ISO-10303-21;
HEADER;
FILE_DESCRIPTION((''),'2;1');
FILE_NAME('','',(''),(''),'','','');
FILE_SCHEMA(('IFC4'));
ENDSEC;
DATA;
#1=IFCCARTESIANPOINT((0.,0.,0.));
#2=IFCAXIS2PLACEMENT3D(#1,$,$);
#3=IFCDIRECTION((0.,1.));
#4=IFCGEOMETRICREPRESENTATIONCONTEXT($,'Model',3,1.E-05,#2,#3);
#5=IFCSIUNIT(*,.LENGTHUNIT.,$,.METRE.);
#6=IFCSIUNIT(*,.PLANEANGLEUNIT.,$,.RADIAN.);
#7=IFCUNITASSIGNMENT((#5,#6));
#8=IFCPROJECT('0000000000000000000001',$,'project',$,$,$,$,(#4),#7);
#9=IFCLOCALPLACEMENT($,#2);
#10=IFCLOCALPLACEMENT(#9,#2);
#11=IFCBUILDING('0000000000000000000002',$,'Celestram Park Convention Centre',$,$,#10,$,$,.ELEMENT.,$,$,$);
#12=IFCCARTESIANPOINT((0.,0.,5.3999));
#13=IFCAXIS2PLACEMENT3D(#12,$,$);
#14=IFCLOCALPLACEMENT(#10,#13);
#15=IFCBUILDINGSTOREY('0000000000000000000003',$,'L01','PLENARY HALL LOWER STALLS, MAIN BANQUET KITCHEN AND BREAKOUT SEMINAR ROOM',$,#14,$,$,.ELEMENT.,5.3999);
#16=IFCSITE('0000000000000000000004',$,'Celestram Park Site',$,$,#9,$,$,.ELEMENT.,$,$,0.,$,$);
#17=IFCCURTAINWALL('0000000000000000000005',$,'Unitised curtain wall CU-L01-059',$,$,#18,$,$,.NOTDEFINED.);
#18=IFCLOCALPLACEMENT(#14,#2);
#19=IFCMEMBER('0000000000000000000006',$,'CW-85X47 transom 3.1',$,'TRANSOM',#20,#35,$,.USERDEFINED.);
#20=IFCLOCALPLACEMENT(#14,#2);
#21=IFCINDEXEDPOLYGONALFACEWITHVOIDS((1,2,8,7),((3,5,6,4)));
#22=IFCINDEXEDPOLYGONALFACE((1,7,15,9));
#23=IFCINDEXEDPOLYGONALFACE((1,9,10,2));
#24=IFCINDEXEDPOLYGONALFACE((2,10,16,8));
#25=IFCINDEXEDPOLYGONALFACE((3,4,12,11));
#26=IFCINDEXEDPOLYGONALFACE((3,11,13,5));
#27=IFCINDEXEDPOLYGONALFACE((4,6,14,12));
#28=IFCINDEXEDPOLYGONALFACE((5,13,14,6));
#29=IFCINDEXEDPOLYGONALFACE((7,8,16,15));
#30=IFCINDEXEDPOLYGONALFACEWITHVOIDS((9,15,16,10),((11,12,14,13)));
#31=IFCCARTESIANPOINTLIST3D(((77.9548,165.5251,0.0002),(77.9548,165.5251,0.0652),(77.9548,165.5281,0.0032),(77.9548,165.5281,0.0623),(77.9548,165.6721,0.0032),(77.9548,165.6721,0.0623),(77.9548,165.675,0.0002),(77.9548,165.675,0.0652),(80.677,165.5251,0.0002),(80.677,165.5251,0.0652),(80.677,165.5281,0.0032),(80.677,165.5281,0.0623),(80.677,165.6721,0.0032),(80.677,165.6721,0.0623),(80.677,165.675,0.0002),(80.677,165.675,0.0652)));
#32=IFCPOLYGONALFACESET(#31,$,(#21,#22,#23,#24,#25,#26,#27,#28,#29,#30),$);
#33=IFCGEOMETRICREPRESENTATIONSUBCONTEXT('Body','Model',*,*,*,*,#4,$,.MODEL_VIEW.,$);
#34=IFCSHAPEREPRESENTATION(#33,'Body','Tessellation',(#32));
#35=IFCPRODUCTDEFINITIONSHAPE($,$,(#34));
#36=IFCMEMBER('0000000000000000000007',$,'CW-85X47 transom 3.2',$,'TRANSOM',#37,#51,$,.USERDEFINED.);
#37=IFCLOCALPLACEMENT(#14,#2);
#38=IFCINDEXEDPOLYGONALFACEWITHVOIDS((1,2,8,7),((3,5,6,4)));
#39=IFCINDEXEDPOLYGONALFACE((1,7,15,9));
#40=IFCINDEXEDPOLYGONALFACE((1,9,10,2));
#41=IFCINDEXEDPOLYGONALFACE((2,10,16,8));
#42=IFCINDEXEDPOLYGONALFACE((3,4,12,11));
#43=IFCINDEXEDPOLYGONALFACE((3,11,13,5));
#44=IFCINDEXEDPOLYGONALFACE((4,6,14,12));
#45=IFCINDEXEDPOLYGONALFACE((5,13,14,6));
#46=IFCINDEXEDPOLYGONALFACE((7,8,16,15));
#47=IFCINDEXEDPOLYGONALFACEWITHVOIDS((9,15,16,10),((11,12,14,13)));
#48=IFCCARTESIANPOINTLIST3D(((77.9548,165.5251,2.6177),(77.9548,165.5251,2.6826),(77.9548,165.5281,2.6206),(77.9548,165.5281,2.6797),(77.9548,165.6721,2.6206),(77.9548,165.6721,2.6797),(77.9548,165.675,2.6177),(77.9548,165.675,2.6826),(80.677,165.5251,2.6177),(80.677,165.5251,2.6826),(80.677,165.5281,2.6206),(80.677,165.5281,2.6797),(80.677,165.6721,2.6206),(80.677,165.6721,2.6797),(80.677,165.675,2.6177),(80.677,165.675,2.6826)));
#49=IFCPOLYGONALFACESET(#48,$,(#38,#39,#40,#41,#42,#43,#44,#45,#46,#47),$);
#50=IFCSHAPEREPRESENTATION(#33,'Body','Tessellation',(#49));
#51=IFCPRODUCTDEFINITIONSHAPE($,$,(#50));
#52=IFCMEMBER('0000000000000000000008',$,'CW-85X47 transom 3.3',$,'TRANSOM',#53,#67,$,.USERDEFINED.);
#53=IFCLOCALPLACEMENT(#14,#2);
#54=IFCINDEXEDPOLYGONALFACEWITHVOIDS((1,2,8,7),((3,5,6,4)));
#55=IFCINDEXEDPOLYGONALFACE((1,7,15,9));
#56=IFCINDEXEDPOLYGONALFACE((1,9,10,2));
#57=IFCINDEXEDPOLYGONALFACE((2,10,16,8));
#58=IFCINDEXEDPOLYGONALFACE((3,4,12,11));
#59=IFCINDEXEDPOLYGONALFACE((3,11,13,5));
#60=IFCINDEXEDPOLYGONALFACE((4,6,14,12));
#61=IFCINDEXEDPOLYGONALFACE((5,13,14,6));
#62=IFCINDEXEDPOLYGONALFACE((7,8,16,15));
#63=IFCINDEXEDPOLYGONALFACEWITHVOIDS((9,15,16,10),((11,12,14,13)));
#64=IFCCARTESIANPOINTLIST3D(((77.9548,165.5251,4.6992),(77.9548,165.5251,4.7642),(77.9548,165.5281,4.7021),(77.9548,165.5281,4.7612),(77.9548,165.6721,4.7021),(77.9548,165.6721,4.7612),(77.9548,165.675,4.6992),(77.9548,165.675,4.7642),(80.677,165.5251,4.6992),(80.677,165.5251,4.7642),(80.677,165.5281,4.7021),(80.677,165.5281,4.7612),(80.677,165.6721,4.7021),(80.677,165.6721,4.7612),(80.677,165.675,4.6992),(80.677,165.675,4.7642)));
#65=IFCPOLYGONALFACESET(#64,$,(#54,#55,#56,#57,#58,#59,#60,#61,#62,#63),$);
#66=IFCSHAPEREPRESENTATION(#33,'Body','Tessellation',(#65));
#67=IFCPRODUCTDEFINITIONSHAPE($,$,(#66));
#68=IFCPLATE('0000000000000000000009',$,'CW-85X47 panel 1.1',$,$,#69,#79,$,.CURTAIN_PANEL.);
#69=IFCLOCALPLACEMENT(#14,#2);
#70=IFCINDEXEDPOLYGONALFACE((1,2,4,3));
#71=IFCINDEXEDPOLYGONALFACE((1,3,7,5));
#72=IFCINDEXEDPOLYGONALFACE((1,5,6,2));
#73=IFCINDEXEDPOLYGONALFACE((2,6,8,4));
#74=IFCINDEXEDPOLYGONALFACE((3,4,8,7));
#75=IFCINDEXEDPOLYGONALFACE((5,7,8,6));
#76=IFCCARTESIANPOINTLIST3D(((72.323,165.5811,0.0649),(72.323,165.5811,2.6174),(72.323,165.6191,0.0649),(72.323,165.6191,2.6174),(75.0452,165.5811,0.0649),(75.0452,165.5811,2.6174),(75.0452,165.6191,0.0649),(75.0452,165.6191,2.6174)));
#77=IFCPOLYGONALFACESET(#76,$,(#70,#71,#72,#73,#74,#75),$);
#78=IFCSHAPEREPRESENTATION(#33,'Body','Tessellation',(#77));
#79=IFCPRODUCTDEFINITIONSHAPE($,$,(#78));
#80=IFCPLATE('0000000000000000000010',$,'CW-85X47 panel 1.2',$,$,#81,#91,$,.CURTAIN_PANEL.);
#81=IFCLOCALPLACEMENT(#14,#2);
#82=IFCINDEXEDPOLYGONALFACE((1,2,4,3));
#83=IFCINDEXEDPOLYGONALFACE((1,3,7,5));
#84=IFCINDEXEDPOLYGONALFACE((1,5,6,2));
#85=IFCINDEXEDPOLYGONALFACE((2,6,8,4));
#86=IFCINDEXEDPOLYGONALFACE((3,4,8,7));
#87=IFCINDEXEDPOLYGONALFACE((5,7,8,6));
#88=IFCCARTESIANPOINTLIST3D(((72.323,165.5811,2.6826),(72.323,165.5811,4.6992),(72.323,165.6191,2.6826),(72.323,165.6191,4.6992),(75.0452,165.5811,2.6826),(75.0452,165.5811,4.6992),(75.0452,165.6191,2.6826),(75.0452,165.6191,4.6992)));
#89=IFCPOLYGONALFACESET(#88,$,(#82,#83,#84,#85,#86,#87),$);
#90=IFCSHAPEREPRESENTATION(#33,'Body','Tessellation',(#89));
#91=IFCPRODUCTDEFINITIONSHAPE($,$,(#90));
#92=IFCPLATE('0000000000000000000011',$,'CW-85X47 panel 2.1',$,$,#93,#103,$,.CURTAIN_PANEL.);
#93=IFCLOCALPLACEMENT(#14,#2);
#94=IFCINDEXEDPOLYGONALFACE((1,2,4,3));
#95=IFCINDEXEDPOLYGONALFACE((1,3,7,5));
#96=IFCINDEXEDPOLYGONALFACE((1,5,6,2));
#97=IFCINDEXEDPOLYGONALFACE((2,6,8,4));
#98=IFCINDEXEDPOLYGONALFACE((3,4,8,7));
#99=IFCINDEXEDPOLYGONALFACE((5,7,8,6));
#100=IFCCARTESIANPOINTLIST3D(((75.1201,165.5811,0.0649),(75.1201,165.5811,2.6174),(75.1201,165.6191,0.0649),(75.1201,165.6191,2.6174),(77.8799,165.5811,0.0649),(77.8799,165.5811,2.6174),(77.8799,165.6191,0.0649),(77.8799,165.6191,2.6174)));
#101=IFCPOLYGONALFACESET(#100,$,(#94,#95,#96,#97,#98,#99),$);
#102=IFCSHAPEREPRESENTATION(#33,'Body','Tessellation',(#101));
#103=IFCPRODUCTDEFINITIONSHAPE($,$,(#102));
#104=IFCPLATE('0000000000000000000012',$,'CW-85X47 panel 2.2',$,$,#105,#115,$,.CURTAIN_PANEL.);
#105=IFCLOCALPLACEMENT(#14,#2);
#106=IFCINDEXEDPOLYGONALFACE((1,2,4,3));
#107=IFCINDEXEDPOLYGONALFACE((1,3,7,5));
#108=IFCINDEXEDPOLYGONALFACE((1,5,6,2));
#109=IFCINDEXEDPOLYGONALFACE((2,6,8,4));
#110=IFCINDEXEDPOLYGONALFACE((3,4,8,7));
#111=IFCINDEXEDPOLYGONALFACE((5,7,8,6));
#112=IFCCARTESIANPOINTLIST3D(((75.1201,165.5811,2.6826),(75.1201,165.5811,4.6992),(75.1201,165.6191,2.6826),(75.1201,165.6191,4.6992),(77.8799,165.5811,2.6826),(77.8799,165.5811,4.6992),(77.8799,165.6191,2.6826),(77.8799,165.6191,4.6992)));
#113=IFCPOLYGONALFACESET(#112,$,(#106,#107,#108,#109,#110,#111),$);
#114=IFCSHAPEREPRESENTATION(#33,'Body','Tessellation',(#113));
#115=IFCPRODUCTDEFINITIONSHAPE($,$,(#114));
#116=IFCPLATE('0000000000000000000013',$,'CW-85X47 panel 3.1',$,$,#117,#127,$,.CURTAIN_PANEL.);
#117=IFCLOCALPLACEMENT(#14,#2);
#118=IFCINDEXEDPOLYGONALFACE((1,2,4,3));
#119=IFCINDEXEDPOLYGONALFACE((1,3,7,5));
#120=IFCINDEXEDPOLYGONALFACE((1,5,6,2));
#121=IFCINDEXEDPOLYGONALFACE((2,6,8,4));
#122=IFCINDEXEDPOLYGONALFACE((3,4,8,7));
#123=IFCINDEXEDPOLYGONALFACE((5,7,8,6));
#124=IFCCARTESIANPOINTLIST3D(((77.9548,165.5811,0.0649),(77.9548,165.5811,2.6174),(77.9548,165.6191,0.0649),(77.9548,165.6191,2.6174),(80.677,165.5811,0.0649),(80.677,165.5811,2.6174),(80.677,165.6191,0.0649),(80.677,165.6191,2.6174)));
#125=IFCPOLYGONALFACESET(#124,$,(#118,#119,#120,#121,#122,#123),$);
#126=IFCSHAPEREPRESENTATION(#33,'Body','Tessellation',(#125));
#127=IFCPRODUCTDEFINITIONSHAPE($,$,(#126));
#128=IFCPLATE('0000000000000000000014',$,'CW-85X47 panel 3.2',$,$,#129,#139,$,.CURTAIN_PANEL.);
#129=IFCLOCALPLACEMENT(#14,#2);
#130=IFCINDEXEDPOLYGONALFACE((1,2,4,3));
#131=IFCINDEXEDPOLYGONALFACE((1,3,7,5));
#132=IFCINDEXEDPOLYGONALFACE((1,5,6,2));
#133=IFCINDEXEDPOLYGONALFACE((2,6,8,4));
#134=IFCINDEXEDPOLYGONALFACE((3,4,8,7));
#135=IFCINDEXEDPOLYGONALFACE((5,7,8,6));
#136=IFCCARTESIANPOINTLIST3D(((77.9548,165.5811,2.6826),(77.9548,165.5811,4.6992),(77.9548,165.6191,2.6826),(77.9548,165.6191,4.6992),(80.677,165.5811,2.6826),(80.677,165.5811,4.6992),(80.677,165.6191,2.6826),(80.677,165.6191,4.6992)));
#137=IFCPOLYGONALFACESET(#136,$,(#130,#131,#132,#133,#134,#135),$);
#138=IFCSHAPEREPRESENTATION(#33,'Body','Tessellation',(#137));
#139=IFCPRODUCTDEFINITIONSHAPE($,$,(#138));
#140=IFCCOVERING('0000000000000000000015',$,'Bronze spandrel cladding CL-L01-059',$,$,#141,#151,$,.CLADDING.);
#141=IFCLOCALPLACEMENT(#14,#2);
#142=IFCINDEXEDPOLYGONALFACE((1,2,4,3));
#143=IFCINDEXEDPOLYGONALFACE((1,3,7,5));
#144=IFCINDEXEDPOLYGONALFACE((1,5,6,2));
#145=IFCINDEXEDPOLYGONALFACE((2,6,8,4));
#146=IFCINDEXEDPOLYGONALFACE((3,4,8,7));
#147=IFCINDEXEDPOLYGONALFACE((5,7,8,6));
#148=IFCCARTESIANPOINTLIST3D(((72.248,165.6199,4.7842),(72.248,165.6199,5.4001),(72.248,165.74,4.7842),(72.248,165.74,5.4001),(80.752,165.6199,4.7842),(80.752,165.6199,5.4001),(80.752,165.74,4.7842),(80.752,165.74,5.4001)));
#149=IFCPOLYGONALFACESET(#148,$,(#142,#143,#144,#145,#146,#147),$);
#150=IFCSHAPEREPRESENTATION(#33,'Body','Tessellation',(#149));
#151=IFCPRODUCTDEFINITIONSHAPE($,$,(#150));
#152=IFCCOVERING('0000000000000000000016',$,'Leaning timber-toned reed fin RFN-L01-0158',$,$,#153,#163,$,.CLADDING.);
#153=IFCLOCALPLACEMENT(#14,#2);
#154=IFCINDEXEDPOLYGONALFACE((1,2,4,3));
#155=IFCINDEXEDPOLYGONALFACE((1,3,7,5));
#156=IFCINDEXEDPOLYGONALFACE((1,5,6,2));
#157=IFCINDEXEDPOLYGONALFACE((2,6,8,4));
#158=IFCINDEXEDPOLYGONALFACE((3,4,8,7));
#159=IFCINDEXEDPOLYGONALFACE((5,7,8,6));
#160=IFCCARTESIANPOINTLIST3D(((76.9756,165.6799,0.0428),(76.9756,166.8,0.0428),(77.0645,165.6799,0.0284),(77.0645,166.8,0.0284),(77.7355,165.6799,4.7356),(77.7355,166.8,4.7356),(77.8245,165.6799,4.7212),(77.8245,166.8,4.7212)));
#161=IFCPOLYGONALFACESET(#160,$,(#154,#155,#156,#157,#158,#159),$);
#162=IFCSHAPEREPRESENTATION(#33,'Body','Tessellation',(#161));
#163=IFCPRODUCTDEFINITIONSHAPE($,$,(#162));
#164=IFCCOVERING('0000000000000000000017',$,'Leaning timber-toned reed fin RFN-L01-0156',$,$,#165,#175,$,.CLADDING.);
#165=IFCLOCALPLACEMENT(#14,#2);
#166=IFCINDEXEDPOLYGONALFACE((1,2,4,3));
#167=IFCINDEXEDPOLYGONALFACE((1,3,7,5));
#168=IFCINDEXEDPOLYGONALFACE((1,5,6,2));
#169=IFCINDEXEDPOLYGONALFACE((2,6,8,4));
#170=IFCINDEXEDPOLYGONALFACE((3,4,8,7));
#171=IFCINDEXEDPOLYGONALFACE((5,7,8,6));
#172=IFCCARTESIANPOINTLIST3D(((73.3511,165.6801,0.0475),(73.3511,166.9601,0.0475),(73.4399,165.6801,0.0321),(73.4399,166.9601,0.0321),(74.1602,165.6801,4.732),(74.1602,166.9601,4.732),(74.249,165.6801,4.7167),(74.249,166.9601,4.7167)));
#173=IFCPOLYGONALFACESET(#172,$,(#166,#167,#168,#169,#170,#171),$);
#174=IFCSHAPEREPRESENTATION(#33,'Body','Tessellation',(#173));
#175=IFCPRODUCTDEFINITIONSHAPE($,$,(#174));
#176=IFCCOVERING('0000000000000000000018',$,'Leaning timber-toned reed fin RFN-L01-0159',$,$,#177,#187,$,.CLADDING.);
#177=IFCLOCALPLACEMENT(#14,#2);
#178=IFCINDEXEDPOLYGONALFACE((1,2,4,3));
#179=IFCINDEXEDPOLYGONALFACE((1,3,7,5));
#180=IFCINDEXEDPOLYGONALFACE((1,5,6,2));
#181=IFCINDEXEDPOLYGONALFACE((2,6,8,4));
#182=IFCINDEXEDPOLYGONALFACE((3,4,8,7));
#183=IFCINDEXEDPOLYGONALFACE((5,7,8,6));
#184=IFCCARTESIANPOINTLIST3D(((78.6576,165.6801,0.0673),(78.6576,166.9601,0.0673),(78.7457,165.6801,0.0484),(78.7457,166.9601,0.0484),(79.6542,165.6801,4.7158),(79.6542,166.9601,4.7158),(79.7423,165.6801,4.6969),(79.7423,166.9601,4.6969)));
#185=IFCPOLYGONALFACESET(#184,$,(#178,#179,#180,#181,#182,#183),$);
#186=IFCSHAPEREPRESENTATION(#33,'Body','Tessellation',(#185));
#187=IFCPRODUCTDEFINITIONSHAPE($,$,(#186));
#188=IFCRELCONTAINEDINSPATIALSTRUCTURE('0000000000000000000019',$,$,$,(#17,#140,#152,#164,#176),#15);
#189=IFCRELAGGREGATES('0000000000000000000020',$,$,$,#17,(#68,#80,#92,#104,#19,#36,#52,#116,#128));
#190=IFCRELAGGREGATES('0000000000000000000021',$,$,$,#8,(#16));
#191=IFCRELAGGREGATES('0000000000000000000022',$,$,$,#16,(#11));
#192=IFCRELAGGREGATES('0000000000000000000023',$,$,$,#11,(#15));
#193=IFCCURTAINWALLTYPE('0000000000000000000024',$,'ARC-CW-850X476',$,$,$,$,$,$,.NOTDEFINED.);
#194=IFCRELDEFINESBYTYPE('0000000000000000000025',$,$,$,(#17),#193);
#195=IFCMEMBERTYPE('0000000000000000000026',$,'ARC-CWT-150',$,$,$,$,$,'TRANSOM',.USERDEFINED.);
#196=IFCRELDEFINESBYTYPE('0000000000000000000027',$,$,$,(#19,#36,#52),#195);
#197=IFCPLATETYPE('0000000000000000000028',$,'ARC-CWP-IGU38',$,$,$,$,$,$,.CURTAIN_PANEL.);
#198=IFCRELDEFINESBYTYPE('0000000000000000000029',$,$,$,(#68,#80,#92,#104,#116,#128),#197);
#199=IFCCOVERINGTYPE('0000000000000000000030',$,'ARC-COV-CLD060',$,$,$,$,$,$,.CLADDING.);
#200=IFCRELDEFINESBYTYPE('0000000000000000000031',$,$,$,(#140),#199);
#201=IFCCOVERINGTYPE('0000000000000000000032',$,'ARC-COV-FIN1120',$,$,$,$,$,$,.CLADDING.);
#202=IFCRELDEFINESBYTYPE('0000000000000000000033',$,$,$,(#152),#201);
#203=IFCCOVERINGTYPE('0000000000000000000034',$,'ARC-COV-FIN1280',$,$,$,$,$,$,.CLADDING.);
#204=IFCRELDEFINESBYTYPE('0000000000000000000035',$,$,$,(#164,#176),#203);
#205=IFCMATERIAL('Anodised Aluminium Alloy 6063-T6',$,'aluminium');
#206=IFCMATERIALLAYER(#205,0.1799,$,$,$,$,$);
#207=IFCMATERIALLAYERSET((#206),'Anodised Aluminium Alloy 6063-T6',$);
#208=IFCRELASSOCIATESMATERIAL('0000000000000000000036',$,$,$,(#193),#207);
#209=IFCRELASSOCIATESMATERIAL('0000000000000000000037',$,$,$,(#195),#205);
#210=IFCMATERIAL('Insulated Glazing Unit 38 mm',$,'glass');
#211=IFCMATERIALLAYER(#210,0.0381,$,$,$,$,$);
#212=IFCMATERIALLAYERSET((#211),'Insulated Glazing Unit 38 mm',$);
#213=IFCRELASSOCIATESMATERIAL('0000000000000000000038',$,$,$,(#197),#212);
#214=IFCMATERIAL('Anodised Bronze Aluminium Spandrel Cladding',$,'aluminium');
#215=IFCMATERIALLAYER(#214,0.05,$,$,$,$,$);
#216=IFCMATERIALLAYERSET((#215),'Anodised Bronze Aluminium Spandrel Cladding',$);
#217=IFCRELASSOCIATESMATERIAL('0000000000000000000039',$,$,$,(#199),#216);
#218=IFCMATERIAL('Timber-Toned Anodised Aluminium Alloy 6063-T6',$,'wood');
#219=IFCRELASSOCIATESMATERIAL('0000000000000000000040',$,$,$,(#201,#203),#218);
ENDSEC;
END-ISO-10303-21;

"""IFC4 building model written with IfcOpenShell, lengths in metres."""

from ifc_helpers import new_model, si_unit, direction, frame, origin, origin_2d, place, context, subcontext, project, spatial, rectangle, hollow_rectangle, extrude, material, layer, layer_set, material_profile, profile_set, type_object, element, aggregate, save


model = new_model("IFC4")

# Units and contexts
model_context = context("Model", 3, precision=1e-05, world=origin(), true_north=direction((0.0, 1.0)))
body_context = subcontext(model_context, "Body", "Model", "MODEL_VIEW")
ifc_project = project(units=[si_unit("LENGTHUNIT", "METRE"), si_unit("PLANEANGLEUNIT", "RADIAN")], contexts=[model_context])

# Site, building, storey
site_placement = place(None, origin())
site = spatial("IfcSite", under=ifc_project, at=site_placement, Name="Celestram Park Site", CompositionType="ELEMENT", RefElevation=0.0)
building_placement = place(site_placement, origin())
building = spatial("IfcBuilding", under=site, at=building_placement, Name="Celestram Park Convention Centre", CompositionType="ELEMENT")
storey_placement = place(building_placement, frame((0.0, 0.0, 5.3999)))
storey = spatial("IfcBuildingStorey", under=building, at=storey_placement, Name="L01", Description="PLENARY HALL LOWER STALLS, MAIN BANQUET KITCHEN AND BREAKOUT SEMINAR ROOM", CompositionType="ELEMENT", Elevation=5.3999)

# Curtain wall
ifc_material_1 = material(Name="Anodised Aluminium Alloy 6063-T6", Category="aluminium")
ifc_layer_1 = layer(ifc_material_1, 0.1799)
ifc_layer_set_1 = layer_set([ifc_layer_1], Name="Anodised Aluminium Alloy 6063-T6")
curtain_wall_type = type_object("IfcCurtainWallType", Name="ARC-CW-850X476", PredefinedType="NOTDEFINED", material=ifc_layer_set_1)
curtain_wall_1_placement = place(storey_placement, origin())
curtain_wall_1 = element("IfcCurtainWall", 1, at=curtain_wall_1_placement, inside=storey, type_object=curtain_wall_type, Name="Unitised curtain wall CU-L01-059", PredefinedType="NOTDEFINED")

# Members
ifc_material_profile_1 = material_profile(ifc_material_1, hollow_rectangle(XDim=0.1499, YDim=0.0649, WallThickness=0.0029, at=origin_2d()), Name="ALU150X65X3")
ifc_profile_set_1 = profile_set([ifc_material_profile_1], Name="Anodised Aluminium Alloy 6063-T6")
member_type_1 = type_object("IfcMemberType", Name="ARC-CWT-150", ElementType="TRANSOM", PredefinedType="USERDEFINED", material=ifc_profile_set_1)
member_1_placement = place(storey_placement, frame((77.9548, 165.6001, 0.0327), z_axis=(1.0, 0.0, 0.0), x_axis=(0.0, 1.0, 0.0)))
member_1 = element("IfcMember", 2, at=member_1_placement, type_object=member_type_1, Name="CW-85X47 transom 3.1", ObjectType="TRANSOM", PredefinedType="USERDEFINED", context=body_context, shape_type="SweptSolid", body=[
    extrude(hollow_rectangle(XDim=0.1499, YDim=0.0649, WallThickness=0.0029, at=origin_2d()), origin(), (0.0, 0.0, 1.0), 2.7222),
])
member_2_placement = place(storey_placement, frame((77.9548, 165.6001, 2.6501), z_axis=(1.0, 0.0, 0.0), x_axis=(0.0, 1.0, 0.0)))
member_2 = element("IfcMember", 3, at=member_2_placement, type_object=member_type_1, Name="CW-85X47 transom 3.2", ObjectType="TRANSOM", PredefinedType="USERDEFINED", context=body_context, shape_type="SweptSolid", body=[
    extrude(hollow_rectangle(XDim=0.1499, YDim=0.0649, WallThickness=0.0029, at=origin_2d()), origin(), (0.0, 0.0, 1.0), 2.7222),
])
member_3_placement = place(storey_placement, frame((77.9548, 165.6001, 4.7317), z_axis=(1.0, 0.0, 0.0), x_axis=(0.0, 1.0, 0.0)))
member_3 = element("IfcMember", 4, at=member_3_placement, type_object=member_type_1, Name="CW-85X47 transom 3.3", ObjectType="TRANSOM", PredefinedType="USERDEFINED", context=body_context, shape_type="SweptSolid", body=[
    extrude(hollow_rectangle(XDim=0.1499, YDim=0.0649, WallThickness=0.0029, at=origin_2d()), origin(), (0.0, 0.0, 1.0), 2.7222),
])

# Plates
ifc_material_2 = material(Name="Insulated Glazing Unit 38 mm", Category="glass")
ifc_layer_2 = layer(ifc_material_2, 0.0381)
ifc_layer_set_2 = layer_set([ifc_layer_2], Name="Insulated Glazing Unit 38 mm")
plate_type = type_object("IfcPlateType", Name="ARC-CWP-IGU38", PredefinedType="CURTAIN_PANEL", material=ifc_layer_set_2)
plate_1_placement = place(storey_placement, frame((73.6841, 165.6001, 0.0649), z_axis=(0.0, 0.0, 1.0), x_axis=(1.0, 0.0, 0.0)))
plate_1 = element("IfcPlate", 5, at=plate_1_placement, type_object=plate_type, Name="CW-85X47 panel 1.1", PredefinedType="CURTAIN_PANEL", context=body_context, shape_type="SweptSolid", body=[
    extrude(rectangle(XDim=2.7222, YDim=0.0381, at=origin_2d()), origin(), (0.0, 0.0, 1.0), 2.5525),
])
plate_2_placement = place(storey_placement, frame((73.6841, 165.6001, 2.6826), z_axis=(0.0, 0.0, 1.0), x_axis=(1.0, 0.0, 0.0)))
plate_2 = element("IfcPlate", 6, at=plate_2_placement, type_object=plate_type, Name="CW-85X47 panel 1.2", PredefinedType="CURTAIN_PANEL", context=body_context, shape_type="SweptSolid", body=[
    extrude(rectangle(XDim=2.7222, YDim=0.0381, at=origin_2d()), origin(), (0.0, 0.0, 1.0), 2.0166),
])
plate_3_placement = place(storey_placement, frame((76.5, 165.6001, 0.0649), z_axis=(0.0, 0.0, 1.0), x_axis=(1.0, 0.0, 0.0)))
plate_3 = element("IfcPlate", 7, at=plate_3_placement, type_object=plate_type, Name="CW-85X47 panel 2.1", PredefinedType="CURTAIN_PANEL", context=body_context, shape_type="SweptSolid", body=[
    extrude(rectangle(XDim=2.7598, YDim=0.0381, at=origin_2d()), origin(), (0.0, 0.0, 1.0), 2.5525),
])
plate_4_placement = place(storey_placement, frame((76.5, 165.6001, 2.6826), z_axis=(0.0, 0.0, 1.0), x_axis=(1.0, 0.0, 0.0)))
plate_4 = element("IfcPlate", 8, at=plate_4_placement, type_object=plate_type, Name="CW-85X47 panel 2.2", PredefinedType="CURTAIN_PANEL", context=body_context, shape_type="SweptSolid", body=[
    extrude(rectangle(XDim=2.7598, YDim=0.0381, at=origin_2d()), origin(), (0.0, 0.0, 1.0), 2.0166),
])
plate_5_placement = place(storey_placement, frame((79.3159, 165.6001, 0.0649), z_axis=(0.0, 0.0, 1.0), x_axis=(1.0, 0.0, 0.0)))
plate_5 = element("IfcPlate", 9, at=plate_5_placement, type_object=plate_type, Name="CW-85X47 panel 3.1", PredefinedType="CURTAIN_PANEL", context=body_context, shape_type="SweptSolid", body=[
    extrude(rectangle(XDim=2.7222, YDim=0.0381, at=origin_2d()), origin(), (0.0, 0.0, 1.0), 2.5525),
])
plate_6_placement = place(storey_placement, frame((79.3159, 165.6001, 2.6826), z_axis=(0.0, 0.0, 1.0), x_axis=(1.0, 0.0, 0.0)))
plate_6 = element("IfcPlate", 10, at=plate_6_placement, type_object=plate_type, Name="CW-85X47 panel 3.2", PredefinedType="CURTAIN_PANEL", context=body_context, shape_type="SweptSolid", body=[
    extrude(rectangle(XDim=2.7222, YDim=0.0381, at=origin_2d()), origin(), (0.0, 0.0, 1.0), 2.0166),
])
aggregate(curtain_wall_1, [plate_1, plate_2, plate_3, plate_4, member_1, member_2, member_3, plate_5, plate_6])

# Coverings
ifc_material_3 = material(Name="Anodised Bronze Aluminium Spandrel Cladding", Category="aluminium")
ifc_layer_3 = layer(ifc_material_3, 0.05)
ifc_layer_set_3 = layer_set([ifc_layer_3], Name="Anodised Bronze Aluminium Spandrel Cladding")
covering_type_1 = type_object("IfcCoveringType", Name="ARC-COV-CLD060", PredefinedType="CLADDING", material=ifc_layer_set_3)
covering_1_placement = place(storey_placement, frame((76.5, 165.6799, 4.7842), z_axis=(0.0, 0.0, 1.0), x_axis=(1.0, 0.0, 0.0)))
element("IfcCovering", 11, at=covering_1_placement, inside=storey, type_object=covering_type_1, Name="Bronze spandrel cladding CL-L01-059", PredefinedType="CLADDING", context=body_context, shape_type="SweptSolid", body=[
    extrude(rectangle(XDim=8.5039, YDim=0.1201, at=origin_2d()), origin(), (0.0, 0.0, 1.0), 0.616),
])
ifc_material_4 = material(Name="Timber-Toned Anodised Aluminium Alloy 6063-T6", Category="wood")
ifc_material_profile_2 = material_profile(ifc_material_4, rectangle(XDim=1.1201, YDim=0.0901, at=origin_2d()), Name="REED1120X90")
ifc_profile_set_2 = profile_set([ifc_material_profile_2], Name="Timber-Toned Anodised Aluminium Alloy 6063-T6")
covering_type_2 = type_object("IfcCoveringType", Name="ARC-COV-FIN1120", PredefinedType="CLADDING", material=ifc_profile_set_2)
covering_2_placement = place(storey_placement, frame((77.02, 166.24, 0.0356), z_axis=(0.159867, 0.0, 0.987139), x_axis=(0.0, 1.0, 0.0)))
element("IfcCovering", 12, at=covering_2_placement, inside=storey, type_object=covering_type_2, Name="Leaning timber-toned reed fin RFN-L01-0158", PredefinedType="CLADDING", context=body_context, shape_type="SweptSolid", body=[
    extrude(rectangle(XDim=1.1201, YDim=0.0901, at=origin_2d()), origin(), (0.0, 0.0, 1.0), 4.7539),
])
ifc_material_profile_3 = material_profile(ifc_material_4, rectangle(XDim=1.28, YDim=0.0901, at=origin_2d()), Name="REED1280X90")
ifc_profile_set_3 = profile_set([ifc_material_profile_3], Name="Timber-Toned Anodised Aluminium Alloy 6063-T6")
covering_type_3 = type_object("IfcCoveringType", Name="ARC-COV-FIN1280", PredefinedType="CLADDING", material=ifc_profile_set_3)
covering_3_placement = place(storey_placement, frame((73.3955, 166.3201, 0.0398), z_axis=(0.170192, 0.0, 0.985411), x_axis=(0.0, 1.0, 0.0)))
element("IfcCovering", 13, at=covering_3_placement, inside=storey, type_object=covering_type_3, Name="Leaning timber-toned reed fin RFN-L01-0156", PredefinedType="CLADDING", context=body_context, shape_type="SweptSolid", body=[
    extrude(rectangle(XDim=1.28, YDim=0.0901, at=origin_2d()), origin(), (0.0, 0.0, 1.0), 4.7539),
])
covering_4_placement = place(storey_placement, frame((78.7017, 166.3201, 0.0579), z_axis=(0.209627, 0.0, 0.977781), x_axis=(0.0, 1.0, 0.0)))
element("IfcCovering", 14, at=covering_4_placement, inside=storey, type_object=covering_type_3, Name="Leaning timber-toned reed fin RFN-L01-0159", PredefinedType="CLADDING", context=body_context, shape_type="SweptSolid", body=[
    extrude(rectangle(XDim=1.28, YDim=0.0901, at=origin_2d()), origin(), (0.0, 0.0, 1.0), 4.7542),
])

save(model, "model.ifc")
